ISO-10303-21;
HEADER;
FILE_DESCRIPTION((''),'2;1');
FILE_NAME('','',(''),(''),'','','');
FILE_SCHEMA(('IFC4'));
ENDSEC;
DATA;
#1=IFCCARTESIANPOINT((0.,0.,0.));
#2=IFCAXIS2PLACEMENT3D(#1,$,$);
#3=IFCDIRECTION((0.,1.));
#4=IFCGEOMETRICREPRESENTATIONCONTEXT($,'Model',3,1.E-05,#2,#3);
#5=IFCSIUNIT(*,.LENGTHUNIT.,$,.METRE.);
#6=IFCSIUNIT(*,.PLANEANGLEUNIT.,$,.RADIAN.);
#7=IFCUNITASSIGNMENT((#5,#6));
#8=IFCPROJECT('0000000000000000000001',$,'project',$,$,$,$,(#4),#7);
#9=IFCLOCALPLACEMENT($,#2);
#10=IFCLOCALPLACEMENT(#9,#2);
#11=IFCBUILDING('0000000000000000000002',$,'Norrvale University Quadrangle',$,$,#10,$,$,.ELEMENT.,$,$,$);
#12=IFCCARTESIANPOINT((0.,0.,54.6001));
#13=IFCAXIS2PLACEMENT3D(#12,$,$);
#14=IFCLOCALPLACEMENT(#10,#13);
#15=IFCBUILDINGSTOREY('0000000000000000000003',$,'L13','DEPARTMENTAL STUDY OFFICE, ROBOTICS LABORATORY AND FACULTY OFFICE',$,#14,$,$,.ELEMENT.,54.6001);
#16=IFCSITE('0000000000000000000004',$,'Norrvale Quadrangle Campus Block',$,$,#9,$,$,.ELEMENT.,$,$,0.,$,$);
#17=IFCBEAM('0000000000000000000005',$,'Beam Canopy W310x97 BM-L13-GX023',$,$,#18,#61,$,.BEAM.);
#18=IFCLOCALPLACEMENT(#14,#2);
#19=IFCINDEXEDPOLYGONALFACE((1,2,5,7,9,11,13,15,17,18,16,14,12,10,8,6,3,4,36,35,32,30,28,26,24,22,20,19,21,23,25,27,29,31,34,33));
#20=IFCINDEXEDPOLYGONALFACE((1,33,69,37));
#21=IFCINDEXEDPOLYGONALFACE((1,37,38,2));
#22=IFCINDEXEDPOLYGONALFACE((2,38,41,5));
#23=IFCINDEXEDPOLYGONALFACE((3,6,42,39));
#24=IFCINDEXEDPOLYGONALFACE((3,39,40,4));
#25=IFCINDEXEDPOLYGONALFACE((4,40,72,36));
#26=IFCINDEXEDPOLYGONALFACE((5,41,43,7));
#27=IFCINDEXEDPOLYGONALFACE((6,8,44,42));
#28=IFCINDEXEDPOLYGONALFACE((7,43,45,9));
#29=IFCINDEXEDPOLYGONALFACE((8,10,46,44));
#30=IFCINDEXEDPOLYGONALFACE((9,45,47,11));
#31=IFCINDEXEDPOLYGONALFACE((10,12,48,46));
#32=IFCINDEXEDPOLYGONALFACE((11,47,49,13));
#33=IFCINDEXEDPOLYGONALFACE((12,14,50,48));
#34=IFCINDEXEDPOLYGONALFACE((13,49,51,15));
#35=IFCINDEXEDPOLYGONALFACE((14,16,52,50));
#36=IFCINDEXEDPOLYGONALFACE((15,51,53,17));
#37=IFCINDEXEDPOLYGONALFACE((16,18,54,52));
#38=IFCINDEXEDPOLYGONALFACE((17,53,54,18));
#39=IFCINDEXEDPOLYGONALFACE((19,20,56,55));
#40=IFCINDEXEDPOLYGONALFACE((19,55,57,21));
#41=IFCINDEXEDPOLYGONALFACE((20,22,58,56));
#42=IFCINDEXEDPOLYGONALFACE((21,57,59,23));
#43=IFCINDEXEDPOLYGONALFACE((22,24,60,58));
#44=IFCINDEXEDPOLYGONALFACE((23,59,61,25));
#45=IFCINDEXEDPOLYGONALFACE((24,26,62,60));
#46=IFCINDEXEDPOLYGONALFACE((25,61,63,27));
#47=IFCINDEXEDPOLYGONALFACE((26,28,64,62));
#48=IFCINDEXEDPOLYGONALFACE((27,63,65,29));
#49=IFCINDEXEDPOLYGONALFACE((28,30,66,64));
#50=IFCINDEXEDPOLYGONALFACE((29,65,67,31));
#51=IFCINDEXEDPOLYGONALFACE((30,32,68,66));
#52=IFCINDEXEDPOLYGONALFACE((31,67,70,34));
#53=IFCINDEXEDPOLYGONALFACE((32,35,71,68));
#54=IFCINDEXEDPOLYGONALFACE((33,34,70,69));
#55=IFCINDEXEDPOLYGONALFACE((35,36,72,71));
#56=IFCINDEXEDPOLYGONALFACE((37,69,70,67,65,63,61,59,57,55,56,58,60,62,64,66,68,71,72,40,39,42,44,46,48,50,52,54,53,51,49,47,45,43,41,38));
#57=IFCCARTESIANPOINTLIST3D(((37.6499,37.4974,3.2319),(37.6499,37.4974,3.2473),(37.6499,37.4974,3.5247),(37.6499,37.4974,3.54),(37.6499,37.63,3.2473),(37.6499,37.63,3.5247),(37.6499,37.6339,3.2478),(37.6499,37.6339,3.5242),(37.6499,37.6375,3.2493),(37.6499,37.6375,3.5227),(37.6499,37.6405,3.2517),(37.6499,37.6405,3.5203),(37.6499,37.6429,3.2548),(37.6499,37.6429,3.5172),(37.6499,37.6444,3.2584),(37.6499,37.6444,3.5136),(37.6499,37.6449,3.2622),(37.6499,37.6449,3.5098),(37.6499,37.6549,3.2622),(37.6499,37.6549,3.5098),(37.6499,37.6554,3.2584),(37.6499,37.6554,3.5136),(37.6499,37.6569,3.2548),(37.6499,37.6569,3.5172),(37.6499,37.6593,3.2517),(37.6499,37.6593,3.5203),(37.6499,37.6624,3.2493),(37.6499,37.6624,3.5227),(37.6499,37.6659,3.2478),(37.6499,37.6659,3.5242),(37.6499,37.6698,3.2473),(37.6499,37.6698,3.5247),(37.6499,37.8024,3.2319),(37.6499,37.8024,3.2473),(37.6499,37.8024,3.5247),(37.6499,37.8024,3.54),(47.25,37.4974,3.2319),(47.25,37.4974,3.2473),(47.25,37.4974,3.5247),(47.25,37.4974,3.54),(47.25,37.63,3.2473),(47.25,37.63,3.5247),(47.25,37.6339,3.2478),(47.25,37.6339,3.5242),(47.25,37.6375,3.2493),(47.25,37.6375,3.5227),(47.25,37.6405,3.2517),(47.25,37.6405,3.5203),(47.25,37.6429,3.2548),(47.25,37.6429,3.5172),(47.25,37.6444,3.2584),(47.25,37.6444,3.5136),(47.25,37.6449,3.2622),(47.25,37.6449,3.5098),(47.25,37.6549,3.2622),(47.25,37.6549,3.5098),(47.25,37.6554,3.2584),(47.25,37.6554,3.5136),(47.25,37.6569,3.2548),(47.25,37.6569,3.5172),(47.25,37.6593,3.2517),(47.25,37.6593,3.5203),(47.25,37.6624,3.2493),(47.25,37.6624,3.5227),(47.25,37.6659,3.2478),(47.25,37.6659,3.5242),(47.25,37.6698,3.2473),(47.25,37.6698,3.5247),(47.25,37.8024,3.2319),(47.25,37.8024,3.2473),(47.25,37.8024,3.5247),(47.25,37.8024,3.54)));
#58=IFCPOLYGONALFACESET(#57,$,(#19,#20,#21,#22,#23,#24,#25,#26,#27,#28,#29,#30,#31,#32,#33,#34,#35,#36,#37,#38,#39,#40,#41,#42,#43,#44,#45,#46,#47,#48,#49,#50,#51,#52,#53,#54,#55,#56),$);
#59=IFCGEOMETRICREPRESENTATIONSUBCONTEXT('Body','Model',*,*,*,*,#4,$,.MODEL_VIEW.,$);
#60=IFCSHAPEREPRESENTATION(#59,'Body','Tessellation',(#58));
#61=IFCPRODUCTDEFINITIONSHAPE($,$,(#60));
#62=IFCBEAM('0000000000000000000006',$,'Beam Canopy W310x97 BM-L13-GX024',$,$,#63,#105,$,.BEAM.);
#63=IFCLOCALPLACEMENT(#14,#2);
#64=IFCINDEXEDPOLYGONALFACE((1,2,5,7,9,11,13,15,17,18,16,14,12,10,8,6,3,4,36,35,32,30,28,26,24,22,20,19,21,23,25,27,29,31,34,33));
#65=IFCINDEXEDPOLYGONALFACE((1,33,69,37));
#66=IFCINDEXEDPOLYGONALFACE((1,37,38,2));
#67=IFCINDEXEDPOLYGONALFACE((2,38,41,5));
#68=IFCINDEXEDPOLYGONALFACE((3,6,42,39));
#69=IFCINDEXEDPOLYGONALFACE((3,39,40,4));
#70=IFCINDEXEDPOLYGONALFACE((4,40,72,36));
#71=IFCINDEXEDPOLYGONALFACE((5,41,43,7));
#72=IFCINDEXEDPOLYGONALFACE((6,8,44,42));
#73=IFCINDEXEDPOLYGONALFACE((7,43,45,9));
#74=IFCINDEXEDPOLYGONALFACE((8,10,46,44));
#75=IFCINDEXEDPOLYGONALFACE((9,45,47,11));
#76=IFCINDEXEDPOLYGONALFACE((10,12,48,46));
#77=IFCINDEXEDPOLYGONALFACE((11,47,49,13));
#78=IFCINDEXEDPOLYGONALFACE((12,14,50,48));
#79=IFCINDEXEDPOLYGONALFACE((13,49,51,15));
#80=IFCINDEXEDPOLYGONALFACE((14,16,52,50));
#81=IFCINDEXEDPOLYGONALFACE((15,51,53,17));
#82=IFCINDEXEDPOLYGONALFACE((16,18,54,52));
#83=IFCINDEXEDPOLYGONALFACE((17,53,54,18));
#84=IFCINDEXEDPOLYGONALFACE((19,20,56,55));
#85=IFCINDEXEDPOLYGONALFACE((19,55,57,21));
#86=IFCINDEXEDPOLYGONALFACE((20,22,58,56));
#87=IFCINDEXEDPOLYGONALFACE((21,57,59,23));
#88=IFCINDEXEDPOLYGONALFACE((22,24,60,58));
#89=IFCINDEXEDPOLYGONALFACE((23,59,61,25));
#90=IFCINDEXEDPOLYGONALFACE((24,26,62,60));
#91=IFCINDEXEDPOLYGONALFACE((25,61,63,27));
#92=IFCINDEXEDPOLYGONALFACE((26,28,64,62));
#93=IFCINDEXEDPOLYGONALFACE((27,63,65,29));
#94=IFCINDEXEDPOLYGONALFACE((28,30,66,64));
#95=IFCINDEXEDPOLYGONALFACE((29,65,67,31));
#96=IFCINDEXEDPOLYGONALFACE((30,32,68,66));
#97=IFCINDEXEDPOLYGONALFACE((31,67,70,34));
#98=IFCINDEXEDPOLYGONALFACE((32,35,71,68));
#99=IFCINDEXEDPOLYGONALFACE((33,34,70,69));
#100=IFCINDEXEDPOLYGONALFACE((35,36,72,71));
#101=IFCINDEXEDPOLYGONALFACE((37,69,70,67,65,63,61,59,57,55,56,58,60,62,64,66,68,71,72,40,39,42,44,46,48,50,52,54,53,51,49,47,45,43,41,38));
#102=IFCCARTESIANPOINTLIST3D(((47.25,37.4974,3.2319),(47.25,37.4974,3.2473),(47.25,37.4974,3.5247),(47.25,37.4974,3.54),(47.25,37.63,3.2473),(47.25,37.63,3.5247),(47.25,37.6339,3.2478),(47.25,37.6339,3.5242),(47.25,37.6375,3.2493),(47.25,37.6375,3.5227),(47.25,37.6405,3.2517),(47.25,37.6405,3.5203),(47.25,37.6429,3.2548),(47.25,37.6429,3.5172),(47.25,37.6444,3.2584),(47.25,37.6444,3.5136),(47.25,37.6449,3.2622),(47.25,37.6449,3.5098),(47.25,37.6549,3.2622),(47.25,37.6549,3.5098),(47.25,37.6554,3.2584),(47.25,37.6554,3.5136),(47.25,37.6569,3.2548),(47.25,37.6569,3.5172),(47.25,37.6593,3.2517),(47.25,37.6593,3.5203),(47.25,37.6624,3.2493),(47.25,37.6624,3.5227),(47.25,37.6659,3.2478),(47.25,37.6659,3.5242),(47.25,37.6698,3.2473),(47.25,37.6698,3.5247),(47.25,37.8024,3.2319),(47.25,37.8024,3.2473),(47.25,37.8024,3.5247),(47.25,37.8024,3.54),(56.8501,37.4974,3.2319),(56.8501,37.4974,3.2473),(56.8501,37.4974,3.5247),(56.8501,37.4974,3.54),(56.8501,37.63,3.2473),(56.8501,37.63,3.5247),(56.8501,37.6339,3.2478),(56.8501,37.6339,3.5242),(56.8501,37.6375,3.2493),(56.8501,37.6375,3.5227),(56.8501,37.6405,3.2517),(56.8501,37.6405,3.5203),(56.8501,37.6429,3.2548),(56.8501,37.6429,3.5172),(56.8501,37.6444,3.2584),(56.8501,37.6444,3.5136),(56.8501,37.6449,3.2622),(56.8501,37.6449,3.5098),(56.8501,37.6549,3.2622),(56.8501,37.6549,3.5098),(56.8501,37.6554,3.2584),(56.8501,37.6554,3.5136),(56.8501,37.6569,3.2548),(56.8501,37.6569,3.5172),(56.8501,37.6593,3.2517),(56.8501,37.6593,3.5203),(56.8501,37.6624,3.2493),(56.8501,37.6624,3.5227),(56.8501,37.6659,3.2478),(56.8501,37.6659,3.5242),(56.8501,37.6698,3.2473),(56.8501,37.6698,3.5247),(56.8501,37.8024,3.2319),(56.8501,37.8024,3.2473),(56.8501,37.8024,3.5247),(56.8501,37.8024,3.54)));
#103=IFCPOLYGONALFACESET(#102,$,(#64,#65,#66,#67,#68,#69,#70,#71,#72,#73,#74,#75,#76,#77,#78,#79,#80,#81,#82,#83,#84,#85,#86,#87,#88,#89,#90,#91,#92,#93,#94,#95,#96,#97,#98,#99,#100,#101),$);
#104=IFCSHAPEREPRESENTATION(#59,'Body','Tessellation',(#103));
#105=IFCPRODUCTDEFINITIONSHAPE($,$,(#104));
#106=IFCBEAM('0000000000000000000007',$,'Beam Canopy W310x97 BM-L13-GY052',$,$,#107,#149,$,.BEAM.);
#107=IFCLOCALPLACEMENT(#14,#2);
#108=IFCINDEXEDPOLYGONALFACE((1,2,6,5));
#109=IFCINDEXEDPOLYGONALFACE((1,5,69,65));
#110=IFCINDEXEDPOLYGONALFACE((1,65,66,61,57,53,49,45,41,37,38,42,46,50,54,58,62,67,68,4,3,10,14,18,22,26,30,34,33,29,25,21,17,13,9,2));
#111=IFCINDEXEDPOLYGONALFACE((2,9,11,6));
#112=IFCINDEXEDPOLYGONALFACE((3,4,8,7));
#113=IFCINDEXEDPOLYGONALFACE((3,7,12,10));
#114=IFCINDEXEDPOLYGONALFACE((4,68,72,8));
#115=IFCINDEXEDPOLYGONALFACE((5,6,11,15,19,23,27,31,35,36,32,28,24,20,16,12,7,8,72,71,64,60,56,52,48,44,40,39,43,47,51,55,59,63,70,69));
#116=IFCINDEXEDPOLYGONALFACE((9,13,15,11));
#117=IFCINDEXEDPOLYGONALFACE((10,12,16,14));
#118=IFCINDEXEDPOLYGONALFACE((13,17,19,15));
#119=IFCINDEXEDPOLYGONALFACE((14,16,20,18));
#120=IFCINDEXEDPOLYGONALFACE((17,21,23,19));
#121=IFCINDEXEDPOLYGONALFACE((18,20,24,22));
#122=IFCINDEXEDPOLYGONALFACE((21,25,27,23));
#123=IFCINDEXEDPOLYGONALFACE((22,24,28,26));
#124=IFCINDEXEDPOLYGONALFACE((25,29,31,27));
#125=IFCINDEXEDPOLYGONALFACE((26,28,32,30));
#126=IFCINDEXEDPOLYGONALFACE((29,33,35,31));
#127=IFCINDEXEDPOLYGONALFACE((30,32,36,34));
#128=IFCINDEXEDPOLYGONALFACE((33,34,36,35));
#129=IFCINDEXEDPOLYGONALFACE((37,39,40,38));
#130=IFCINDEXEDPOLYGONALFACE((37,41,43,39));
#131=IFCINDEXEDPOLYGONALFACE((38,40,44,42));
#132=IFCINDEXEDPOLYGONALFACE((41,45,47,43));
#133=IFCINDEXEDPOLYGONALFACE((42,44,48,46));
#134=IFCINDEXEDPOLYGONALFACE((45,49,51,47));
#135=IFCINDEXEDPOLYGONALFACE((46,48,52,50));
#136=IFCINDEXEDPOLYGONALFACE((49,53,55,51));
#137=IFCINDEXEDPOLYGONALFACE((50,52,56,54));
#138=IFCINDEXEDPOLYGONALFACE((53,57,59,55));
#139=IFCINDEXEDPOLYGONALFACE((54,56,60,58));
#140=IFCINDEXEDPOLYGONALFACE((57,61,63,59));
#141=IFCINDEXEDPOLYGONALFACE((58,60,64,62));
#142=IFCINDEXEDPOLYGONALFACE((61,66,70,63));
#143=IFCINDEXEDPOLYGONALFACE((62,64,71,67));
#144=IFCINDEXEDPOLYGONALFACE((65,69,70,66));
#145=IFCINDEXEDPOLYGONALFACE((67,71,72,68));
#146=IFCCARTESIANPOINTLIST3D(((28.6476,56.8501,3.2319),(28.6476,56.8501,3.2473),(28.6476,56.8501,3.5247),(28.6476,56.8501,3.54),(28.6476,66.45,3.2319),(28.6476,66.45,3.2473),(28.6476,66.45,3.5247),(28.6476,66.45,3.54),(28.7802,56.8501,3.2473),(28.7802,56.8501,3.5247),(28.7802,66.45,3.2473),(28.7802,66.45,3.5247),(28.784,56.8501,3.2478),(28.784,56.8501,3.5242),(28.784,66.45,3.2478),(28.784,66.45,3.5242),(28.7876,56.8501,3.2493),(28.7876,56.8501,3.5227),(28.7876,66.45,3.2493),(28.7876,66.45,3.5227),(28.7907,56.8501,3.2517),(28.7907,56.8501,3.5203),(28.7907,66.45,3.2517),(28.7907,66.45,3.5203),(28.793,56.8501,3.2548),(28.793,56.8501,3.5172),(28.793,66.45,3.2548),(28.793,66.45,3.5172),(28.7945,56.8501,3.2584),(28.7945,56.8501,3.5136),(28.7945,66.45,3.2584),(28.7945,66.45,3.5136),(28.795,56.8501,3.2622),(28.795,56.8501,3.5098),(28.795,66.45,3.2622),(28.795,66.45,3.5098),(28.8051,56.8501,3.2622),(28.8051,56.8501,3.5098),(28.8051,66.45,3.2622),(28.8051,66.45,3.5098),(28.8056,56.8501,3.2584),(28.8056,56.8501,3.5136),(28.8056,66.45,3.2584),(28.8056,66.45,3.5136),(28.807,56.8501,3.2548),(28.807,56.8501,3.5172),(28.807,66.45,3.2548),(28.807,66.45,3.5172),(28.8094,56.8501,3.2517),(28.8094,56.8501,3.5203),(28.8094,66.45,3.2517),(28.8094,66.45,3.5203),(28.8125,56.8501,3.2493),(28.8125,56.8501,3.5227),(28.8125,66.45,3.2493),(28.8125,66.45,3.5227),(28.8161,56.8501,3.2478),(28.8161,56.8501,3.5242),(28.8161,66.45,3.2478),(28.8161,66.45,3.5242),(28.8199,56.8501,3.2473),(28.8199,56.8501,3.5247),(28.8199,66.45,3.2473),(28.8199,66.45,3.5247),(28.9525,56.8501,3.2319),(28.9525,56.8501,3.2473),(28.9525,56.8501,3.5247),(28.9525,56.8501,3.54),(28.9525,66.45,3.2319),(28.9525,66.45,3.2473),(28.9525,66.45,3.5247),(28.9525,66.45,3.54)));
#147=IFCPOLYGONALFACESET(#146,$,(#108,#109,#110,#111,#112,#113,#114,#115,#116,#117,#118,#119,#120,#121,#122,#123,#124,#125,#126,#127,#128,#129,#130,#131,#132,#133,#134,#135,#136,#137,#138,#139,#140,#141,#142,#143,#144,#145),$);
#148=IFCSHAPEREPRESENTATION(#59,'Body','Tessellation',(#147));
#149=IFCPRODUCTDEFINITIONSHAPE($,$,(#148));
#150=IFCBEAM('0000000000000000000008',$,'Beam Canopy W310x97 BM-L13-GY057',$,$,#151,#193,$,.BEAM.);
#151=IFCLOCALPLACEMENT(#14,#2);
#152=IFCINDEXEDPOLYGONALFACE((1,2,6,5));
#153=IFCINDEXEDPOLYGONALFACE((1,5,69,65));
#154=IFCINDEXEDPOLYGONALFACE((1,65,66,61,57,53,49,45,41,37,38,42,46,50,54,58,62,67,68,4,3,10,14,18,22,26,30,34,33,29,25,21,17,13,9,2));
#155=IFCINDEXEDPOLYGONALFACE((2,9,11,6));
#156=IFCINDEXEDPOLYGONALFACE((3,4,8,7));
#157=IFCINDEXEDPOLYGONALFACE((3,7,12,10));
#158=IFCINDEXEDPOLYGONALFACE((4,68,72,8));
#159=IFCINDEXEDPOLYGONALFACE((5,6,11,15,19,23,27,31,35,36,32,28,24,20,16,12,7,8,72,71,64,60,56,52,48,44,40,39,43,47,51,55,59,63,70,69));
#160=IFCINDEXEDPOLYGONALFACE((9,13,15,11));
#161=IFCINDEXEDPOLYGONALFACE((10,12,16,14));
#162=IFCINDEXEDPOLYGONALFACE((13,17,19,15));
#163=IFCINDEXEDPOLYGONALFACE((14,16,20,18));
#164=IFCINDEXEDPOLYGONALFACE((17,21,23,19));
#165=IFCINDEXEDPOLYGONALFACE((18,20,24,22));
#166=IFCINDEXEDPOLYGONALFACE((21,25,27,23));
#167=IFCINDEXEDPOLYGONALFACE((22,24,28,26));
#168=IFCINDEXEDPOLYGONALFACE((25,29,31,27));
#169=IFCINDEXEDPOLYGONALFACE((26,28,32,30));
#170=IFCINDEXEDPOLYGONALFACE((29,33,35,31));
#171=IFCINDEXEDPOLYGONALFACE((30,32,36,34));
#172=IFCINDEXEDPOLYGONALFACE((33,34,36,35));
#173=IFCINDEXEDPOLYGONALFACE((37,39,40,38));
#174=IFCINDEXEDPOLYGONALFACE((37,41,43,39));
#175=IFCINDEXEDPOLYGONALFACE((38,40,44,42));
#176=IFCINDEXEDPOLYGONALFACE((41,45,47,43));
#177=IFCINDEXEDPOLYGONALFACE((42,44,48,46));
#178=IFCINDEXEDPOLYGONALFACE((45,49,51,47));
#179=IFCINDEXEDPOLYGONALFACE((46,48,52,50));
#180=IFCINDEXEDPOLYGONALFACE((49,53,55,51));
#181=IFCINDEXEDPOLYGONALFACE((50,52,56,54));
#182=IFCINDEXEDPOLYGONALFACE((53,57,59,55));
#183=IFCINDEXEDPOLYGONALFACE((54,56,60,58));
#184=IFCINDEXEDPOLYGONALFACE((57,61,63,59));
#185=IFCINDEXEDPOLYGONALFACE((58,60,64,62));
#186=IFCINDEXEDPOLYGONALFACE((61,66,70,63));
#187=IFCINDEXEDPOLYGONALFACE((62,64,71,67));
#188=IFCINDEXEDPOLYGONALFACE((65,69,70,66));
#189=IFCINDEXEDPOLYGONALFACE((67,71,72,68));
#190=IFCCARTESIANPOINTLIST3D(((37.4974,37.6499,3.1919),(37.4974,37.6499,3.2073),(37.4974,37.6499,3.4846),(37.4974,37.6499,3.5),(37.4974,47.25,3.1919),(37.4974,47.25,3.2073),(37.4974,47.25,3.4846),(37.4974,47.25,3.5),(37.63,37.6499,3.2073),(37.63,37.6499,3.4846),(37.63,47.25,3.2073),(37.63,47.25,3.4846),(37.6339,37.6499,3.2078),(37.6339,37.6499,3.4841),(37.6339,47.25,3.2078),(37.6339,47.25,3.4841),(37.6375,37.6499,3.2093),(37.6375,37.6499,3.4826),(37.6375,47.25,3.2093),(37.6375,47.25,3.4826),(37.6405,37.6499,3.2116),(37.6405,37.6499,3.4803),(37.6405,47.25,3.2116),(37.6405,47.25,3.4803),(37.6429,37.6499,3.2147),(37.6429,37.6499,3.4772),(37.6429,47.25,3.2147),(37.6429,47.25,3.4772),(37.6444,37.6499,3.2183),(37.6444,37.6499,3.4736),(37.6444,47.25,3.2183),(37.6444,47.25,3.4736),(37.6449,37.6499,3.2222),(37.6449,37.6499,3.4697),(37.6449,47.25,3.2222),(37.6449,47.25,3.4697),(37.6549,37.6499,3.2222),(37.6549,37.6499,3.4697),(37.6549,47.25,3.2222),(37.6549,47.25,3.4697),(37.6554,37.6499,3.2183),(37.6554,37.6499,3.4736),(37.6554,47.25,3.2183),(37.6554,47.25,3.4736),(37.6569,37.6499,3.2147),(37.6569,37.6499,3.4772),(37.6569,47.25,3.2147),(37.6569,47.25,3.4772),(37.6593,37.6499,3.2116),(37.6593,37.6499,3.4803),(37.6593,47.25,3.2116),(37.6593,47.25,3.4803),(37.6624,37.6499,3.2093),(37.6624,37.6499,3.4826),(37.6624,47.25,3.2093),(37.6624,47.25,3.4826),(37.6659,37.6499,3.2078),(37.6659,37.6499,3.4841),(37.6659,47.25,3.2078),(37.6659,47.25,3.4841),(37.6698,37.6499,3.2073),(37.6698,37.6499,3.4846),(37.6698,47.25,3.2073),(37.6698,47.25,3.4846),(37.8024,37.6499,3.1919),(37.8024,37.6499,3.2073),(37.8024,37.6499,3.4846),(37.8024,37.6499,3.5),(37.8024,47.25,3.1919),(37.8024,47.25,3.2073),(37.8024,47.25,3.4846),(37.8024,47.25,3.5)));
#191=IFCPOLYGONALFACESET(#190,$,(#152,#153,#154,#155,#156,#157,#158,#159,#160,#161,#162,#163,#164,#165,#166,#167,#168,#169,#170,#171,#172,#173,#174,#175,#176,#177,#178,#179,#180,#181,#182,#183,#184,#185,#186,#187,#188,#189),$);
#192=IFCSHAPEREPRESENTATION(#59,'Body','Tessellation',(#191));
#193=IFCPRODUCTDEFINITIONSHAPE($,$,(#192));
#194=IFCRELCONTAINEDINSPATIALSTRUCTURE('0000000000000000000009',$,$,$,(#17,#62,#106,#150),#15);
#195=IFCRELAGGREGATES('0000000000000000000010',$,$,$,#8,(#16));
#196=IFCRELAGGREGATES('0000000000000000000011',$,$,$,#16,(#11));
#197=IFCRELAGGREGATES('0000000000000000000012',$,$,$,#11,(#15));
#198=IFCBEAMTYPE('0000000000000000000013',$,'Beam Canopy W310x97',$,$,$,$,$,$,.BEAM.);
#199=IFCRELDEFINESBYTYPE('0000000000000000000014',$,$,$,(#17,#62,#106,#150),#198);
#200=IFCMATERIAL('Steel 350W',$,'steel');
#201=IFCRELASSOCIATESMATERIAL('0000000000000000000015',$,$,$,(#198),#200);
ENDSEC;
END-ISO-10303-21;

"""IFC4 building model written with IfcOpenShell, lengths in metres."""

from ifc_helpers import new_model, si_unit, direction, frame, origin, origin_2d, place, context, subcontext, project, spatial, i_section, extrude, material, material_profile, profile_set, type_object, element, save


model = new_model("IFC4")

# Units and contexts
model_context = context("Model", 3, precision=1e-05, world=origin(), true_north=direction((0.0, 1.0)))
body_context = subcontext(model_context, "Body", "Model", "MODEL_VIEW")
ifc_project = project(units=[si_unit("LENGTHUNIT", "METRE"), si_unit("PLANEANGLEUNIT", "RADIAN")], contexts=[model_context])

# Site, building, storey
site_placement = place(None, origin())
site = spatial("IfcSite", under=ifc_project, at=site_placement, Name="Norrvale Quadrangle Campus Block", CompositionType="ELEMENT", RefElevation=0.0)
building_placement = place(site_placement, origin())
building = spatial("IfcBuilding", under=site, at=building_placement, Name="Norrvale University Quadrangle", CompositionType="ELEMENT")
storey_placement = place(building_placement, frame((0.0, 0.0, 54.6001)))
storey = spatial("IfcBuildingStorey", under=building, at=storey_placement, Name="L13", Description="DEPARTMENTAL STUDY OFFICE, ROBOTICS LABORATORY AND FACULTY OFFICE", CompositionType="ELEMENT", Elevation=54.6001)

# Beams
ifc_material_1 = material(Name="Steel 350W", Category="steel")
ifc_material_profile_1 = material_profile(ifc_material_1, i_section(OverallWidth=0.3049, OverallDepth=0.3081, WebThickness=0.01, FlangeThickness=0.0154, FilletRadius=0.0149, at=origin_2d()), Name="Steel 350W")
ifc_profile_set_1 = profile_set([ifc_material_profile_1], Name="Steel 350W")
beam_type_1 = type_object("IfcBeamType", Name="Beam Canopy W310x97", PredefinedType="BEAM", material=ifc_profile_set_1)
for number, where, z_axis, x_axis, name in (
    (1, (37.6499, 37.6499, 3.386), (1.0, 0.0, 0.0), (0.0, 1.0, 0.0), "Beam Canopy W310x97 BM-L13-GX023"),
    (2, (47.25, 37.6499, 3.386), (1.0, 0.0, 0.0), (0.0, 1.0, 0.0), "Beam Canopy W310x97 BM-L13-GX024"),
):
    element("IfcBeam", number, at=place(storey_placement, frame(where, z_axis=z_axis, x_axis=x_axis)), inside=storey, type_object=beam_type_1, Name=name, PredefinedType="BEAM", context=body_context, shape_type="SweptSolid", body=[
        extrude(i_section(OverallWidth=0.3049, OverallDepth=0.3081, WebThickness=0.01, FlangeThickness=0.0154, FilletRadius=0.0149, at=origin_2d()), origin(), (0.0, 0.0, 1.0), 9.6001),
    ])
beam_placement = place(storey_placement, frame((28.8, 56.8501, 3.386), z_axis=(0.0, 1.0, 0.0), x_axis=(-1.0, 0.0, 0.0)))
element("IfcBeam", 3, at=beam_placement, inside=storey, type_object=beam_type_1, Name="Beam Canopy W310x97 BM-L13-GY052", PredefinedType="BEAM", context=body_context, shape_type="SweptSolid", body=[
    extrude(i_section(OverallWidth=0.3049, OverallDepth=0.3081, WebThickness=0.01, FlangeThickness=0.0154, FilletRadius=0.0149, at=origin_2d()), origin(), (0.0, 0.0, 1.0), 9.5999),
])
for number, where, z_axis, x_axis, name in (
    (4, (37.6499, 37.6499, 3.3459), (0.0, 1.0, 0.0), (-1.0, 0.0, 0.0), "Beam Canopy W310x97 BM-L13-GY057"),
):
    element("IfcBeam", number, at=place(storey_placement, frame(where, z_axis=z_axis, x_axis=x_axis)), inside=storey, type_object=beam_type_1, Name=name, PredefinedType="BEAM", context=body_context, shape_type="SweptSolid", body=[
        extrude(i_section(OverallWidth=0.3049, OverallDepth=0.3081, WebThickness=0.01, FlangeThickness=0.0154, FilletRadius=0.0149, at=origin_2d()), origin(), (0.0, 0.0, 1.0), 9.6001),
    ])

save(model, "model.ifc")
